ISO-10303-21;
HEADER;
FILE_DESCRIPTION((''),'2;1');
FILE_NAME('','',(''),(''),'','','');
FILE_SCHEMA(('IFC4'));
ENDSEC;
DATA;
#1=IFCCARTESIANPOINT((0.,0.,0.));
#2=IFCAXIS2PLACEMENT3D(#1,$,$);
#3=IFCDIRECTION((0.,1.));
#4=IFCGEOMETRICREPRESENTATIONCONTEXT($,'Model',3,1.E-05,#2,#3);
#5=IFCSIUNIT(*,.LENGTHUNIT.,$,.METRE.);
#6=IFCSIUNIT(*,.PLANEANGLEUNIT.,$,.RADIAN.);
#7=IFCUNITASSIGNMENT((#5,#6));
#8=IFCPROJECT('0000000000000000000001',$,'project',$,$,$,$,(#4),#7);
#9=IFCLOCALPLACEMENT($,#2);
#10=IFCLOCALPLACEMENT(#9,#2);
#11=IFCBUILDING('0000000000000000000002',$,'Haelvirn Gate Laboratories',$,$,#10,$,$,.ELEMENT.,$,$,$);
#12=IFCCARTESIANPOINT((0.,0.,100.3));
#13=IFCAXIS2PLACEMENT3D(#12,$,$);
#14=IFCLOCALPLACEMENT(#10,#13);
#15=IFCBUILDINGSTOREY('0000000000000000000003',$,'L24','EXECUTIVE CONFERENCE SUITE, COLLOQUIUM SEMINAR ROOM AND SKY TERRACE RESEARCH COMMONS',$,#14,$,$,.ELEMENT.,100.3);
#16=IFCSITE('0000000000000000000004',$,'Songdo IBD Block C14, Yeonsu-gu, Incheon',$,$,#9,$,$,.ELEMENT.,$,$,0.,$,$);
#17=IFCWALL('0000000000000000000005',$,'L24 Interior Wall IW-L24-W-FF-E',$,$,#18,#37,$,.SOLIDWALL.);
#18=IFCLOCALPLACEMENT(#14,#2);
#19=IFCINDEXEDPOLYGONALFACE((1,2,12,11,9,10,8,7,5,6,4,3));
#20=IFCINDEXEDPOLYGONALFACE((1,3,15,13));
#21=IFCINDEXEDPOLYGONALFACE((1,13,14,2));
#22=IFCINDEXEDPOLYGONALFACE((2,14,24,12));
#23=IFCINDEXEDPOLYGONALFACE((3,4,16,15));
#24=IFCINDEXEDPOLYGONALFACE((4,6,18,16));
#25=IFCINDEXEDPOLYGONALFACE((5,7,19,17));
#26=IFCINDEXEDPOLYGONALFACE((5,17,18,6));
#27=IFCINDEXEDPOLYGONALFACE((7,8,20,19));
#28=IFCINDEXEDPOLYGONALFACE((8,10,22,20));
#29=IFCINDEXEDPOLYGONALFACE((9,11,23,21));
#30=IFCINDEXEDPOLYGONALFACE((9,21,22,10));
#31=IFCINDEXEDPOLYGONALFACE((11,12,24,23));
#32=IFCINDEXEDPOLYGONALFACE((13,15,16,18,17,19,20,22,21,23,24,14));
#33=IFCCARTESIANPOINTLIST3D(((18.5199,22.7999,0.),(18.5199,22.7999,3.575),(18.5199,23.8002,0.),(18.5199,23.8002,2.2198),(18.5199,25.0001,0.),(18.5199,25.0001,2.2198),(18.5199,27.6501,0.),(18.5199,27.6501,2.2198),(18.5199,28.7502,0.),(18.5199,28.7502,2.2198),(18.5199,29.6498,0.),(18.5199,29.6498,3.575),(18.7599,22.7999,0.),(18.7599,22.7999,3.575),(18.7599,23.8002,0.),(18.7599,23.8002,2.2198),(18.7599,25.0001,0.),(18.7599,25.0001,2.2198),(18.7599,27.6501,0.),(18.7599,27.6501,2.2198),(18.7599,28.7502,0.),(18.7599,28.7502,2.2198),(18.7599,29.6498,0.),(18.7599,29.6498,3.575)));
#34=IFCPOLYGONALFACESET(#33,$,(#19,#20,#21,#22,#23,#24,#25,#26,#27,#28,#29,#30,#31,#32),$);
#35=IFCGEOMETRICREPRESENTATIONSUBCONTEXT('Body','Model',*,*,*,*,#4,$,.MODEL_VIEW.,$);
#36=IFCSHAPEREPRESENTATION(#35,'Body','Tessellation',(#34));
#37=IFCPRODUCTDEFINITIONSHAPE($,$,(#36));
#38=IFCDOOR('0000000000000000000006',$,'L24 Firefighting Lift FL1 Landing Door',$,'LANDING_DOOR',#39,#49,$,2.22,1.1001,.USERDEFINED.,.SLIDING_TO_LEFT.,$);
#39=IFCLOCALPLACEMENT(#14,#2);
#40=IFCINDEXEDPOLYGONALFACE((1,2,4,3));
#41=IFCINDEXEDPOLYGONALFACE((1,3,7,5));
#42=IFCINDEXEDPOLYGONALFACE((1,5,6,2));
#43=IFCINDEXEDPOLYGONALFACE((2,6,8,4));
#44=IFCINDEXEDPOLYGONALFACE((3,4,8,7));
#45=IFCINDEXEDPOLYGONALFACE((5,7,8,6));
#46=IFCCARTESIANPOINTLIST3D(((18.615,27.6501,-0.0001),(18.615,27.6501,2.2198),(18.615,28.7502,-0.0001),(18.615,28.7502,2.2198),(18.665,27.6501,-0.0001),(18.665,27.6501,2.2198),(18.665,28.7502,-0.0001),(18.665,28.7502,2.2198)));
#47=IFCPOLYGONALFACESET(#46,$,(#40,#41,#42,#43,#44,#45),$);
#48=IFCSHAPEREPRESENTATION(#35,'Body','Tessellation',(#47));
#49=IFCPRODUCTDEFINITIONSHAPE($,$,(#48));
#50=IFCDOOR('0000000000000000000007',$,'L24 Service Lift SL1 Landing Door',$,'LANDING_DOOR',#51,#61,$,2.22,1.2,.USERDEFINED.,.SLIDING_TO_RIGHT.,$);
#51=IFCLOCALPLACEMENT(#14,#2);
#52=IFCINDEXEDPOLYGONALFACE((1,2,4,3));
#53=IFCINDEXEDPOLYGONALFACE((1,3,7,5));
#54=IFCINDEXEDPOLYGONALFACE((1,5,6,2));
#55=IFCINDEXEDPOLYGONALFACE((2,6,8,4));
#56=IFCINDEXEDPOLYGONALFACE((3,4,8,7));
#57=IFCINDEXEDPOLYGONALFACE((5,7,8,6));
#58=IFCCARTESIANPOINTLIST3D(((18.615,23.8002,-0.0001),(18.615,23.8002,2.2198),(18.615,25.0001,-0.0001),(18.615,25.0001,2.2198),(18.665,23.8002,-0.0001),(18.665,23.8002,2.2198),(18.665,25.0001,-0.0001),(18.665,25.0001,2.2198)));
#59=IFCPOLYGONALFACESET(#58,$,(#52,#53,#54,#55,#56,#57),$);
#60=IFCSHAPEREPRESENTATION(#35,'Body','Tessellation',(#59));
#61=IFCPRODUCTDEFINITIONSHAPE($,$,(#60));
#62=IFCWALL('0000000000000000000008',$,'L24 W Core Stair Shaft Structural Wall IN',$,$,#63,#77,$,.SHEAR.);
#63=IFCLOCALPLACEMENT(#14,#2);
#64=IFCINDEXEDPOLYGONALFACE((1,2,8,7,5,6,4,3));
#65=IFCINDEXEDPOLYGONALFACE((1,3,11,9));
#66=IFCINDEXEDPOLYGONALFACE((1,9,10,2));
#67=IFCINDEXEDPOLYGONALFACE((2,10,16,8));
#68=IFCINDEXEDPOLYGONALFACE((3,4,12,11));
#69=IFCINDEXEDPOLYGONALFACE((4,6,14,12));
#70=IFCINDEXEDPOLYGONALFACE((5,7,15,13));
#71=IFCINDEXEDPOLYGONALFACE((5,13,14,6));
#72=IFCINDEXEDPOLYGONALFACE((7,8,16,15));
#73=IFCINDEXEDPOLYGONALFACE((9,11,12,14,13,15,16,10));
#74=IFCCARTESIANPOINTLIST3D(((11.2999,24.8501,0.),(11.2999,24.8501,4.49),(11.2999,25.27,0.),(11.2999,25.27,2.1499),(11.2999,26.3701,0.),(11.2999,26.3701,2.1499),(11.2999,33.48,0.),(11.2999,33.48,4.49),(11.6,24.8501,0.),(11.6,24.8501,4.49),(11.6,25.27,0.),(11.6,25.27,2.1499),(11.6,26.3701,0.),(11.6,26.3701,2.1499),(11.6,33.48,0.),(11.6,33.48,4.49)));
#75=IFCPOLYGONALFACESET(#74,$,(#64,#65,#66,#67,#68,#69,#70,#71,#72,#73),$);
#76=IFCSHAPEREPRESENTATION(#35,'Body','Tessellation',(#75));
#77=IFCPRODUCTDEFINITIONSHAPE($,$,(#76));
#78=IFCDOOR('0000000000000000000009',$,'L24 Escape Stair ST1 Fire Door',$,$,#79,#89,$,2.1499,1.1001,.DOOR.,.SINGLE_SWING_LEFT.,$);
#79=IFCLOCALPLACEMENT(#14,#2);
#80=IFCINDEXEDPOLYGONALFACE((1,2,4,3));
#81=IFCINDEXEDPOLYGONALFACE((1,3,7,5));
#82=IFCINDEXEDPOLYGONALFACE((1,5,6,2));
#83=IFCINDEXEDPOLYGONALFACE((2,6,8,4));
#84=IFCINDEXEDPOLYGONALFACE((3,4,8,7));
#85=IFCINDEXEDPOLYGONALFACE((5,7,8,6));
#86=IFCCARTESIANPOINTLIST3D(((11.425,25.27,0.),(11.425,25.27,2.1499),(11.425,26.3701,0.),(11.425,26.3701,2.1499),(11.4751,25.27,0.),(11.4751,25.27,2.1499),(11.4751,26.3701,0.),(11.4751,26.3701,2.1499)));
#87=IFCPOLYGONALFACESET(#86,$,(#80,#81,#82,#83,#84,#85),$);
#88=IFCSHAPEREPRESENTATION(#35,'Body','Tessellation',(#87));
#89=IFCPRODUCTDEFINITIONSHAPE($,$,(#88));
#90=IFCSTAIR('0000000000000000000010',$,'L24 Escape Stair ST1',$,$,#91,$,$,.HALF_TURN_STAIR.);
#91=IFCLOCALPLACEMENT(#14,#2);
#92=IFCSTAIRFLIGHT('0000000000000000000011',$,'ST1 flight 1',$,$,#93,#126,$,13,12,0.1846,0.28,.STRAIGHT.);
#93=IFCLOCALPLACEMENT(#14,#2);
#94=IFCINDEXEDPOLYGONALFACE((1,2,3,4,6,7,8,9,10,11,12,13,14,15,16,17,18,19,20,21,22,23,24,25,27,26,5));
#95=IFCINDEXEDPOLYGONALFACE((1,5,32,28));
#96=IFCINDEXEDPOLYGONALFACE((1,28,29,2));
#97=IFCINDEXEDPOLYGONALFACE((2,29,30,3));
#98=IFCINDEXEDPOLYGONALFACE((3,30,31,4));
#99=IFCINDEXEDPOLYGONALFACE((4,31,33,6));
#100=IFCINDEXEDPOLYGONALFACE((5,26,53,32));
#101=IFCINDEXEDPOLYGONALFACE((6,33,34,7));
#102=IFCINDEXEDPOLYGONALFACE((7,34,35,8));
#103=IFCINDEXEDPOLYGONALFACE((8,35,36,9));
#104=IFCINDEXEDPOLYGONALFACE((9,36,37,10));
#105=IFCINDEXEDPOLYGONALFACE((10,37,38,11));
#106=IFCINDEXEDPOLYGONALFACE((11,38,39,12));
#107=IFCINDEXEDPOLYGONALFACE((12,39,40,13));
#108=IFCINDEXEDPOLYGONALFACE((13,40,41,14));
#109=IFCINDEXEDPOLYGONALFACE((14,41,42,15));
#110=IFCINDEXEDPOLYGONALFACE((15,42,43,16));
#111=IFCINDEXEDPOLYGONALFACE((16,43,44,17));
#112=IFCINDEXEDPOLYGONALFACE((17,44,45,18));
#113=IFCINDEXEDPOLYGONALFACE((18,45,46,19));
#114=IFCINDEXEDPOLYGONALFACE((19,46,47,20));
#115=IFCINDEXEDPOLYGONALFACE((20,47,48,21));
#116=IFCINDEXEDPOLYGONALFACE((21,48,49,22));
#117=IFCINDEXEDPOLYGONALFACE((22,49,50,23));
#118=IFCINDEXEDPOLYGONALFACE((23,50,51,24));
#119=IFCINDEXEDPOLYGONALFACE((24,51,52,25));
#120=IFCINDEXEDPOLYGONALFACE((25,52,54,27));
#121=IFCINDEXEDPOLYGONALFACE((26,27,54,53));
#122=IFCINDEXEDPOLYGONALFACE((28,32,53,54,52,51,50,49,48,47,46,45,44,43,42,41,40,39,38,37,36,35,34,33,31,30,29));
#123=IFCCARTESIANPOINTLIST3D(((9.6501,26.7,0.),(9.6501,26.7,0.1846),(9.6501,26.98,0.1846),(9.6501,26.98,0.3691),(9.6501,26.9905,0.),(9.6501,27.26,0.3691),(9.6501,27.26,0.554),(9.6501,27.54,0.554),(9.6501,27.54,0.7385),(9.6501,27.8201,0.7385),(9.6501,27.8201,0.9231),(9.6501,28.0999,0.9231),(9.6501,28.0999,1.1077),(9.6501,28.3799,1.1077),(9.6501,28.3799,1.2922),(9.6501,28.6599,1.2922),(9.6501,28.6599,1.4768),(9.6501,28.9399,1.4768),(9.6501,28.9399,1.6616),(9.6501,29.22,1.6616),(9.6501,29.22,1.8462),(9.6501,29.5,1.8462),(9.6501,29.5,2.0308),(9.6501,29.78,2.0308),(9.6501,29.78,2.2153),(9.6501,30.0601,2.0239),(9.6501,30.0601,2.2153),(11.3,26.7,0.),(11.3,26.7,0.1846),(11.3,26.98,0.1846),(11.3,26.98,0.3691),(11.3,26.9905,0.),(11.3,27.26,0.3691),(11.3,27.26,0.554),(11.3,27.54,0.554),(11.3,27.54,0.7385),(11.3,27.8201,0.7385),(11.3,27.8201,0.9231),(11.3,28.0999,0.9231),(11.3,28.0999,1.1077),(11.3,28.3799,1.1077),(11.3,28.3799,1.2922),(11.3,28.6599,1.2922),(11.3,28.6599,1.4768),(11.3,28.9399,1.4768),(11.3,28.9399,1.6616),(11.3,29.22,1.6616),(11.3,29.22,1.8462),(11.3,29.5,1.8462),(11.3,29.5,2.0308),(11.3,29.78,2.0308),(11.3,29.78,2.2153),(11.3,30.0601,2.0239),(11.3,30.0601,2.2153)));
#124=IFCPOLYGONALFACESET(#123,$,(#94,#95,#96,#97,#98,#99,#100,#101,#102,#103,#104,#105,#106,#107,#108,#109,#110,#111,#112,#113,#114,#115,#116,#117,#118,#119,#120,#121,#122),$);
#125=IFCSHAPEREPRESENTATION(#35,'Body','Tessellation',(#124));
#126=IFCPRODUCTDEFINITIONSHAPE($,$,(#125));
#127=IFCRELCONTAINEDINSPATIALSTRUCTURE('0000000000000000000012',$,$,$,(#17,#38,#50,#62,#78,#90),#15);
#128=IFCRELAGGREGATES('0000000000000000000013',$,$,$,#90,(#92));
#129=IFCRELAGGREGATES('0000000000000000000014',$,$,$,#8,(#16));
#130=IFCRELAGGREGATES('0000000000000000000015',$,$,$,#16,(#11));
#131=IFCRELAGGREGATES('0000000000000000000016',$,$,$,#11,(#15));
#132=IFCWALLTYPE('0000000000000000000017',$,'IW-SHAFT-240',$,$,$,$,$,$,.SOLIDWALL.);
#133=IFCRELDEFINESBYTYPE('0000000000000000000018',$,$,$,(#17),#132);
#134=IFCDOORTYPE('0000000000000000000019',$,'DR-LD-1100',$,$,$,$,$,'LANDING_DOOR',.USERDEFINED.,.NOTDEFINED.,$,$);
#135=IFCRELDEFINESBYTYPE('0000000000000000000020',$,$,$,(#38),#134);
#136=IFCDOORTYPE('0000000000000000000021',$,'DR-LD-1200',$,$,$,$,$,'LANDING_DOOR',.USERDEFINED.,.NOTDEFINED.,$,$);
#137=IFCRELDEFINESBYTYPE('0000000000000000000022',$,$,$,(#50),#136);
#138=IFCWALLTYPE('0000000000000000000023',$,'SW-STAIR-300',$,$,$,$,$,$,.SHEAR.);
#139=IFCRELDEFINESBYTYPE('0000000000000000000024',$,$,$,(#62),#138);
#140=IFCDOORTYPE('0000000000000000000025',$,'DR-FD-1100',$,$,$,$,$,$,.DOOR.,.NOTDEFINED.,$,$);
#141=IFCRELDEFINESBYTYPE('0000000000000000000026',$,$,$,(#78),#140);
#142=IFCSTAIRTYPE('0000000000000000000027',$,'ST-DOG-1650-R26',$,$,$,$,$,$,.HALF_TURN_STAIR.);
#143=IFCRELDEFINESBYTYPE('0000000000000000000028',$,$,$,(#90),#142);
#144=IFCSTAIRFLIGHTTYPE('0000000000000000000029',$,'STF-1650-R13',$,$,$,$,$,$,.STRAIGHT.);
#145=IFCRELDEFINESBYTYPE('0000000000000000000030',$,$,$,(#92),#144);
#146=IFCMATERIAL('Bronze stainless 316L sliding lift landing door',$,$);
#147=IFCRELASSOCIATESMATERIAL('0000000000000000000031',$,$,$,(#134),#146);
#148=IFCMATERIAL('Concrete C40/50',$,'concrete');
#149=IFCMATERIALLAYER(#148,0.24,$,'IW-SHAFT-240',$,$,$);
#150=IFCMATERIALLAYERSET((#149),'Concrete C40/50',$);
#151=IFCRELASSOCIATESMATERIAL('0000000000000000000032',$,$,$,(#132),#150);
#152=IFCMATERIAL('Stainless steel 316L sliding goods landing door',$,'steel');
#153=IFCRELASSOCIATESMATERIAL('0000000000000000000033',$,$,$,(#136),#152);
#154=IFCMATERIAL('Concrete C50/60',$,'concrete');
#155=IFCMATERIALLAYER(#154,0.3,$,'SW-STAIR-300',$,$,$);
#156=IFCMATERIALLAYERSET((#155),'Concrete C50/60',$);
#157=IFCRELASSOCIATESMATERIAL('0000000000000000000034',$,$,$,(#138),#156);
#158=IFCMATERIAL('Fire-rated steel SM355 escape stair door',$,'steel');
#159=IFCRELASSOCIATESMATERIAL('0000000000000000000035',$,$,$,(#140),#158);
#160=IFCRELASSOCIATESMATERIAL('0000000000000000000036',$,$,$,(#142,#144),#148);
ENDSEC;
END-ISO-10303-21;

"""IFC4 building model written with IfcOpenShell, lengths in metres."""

from ifc_helpers import new_model, si_unit, direction, frame, frame_2d, origin, place, context, subcontext, project, spatial, polyline, rectangle, outline, extrude, source, transform, mapped, material, layer, layer_set, type_object, type_shapes, element, fill, aggregate, save


model = new_model("IFC4")

# Units and contexts
model_context = context("Model", 3, precision=1e-05, world=origin(), true_north=direction((0.0, 1.0)))
body_context = subcontext(model_context, "Body", "Model", "MODEL_VIEW")
ifc_project = project(units=[si_unit("LENGTHUNIT", "METRE"), si_unit("PLANEANGLEUNIT", "RADIAN")], contexts=[model_context])

# Site, building, storey
site_placement = place(None, origin())
site = spatial("IfcSite", under=ifc_project, at=site_placement, Name="Songdo IBD Block C14, Yeonsu-gu, Incheon", CompositionType="ELEMENT", RefElevation=0.0)
building_placement = place(site_placement, origin())
building = spatial("IfcBuilding", under=site, at=building_placement, Name="Haelvirn Gate Laboratories", CompositionType="ELEMENT")
storey_placement = place(building_placement, frame((0.0, 0.0, 100.3)))
storey = spatial("IfcBuildingStorey", under=building, at=storey_placement, Name="L24", Description="EXECUTIVE CONFERENCE SUITE, COLLOQUIUM SEMINAR ROOM AND SKY TERRACE RESEARCH COMMONS", CompositionType="ELEMENT", Elevation=100.3)

# Shared definitions
ifc_material_1 = material(Name="Concrete C40/50", Category="concrete")

# Shared definitions
ifc_material_2 = material(Name="Bronze stainless 316L sliding lift landing door")
door_type_1 = type_object("IfcDoorType", Name="DR-LD-1100", ElementType="LANDING_DOOR", OperationType="NOTDEFINED", PredefinedType="USERDEFINED", material=ifc_material_2)
shared_shape_1 = source(origin(), body_context, "Body", "SweptSolid", [
    extrude(rectangle(XDim=1.1001, YDim=2.22, at=frame_2d((0.55, 1.1099))), frame((0.0, 0.0249, 0.0), z_axis=(0.0, -1.0, 0.0), x_axis=(1.0, 0.0, 0.0)), (0.0, 0.0, 1.0), 0.05),
])
type_shapes(door_type_1, [shared_shape_1])

# Shared definitions
ifc_layer_1 = layer(ifc_material_1, 0.24, Name="IW-SHAFT-240")
ifc_layer_set_1 = layer_set([ifc_layer_1], Name="Concrete C40/50")
wall_type_1 = type_object("IfcWallType", Name="IW-SHAFT-240", PredefinedType="SOLIDWALL", material=ifc_layer_set_1)

# Wall, openings, doors
wall_1_placement = place(storey_placement, frame((18.6399, 22.8, 0.0), z_axis=(0.0, 0.0, 1.0), x_axis=(0.0, 1.0, 0.0)))
wall_1 = element("IfcWall", 1, at=wall_1_placement, inside=storey, type_object=wall_type_1, Name="L24 Interior Wall IW-L24-W-FF-E", PredefinedType="SOLIDWALL", context=body_context, shape_type="SweptSolid", body=[
    extrude(rectangle(XDim=6.8499, YDim=0.24, at=frame_2d((3.4248, 0.0))), origin(), (0.0, 0.0, 1.0), 3.575),
])
opening_1_placement = place(wall_1_placement, frame((4.8501, 0.0, 0.0)))
opening_1 = element("IfcOpeningElement", 2, at=opening_1_placement, cuts=wall_1, PredefinedType="OPENING", context=body_context, shape_type="SweptSolid", body=[
    extrude(rectangle(XDim=1.1001, YDim=2.22, at=frame_2d((0.55, 1.1099))), frame((0.0, 0.1299, 0.0), z_axis=(0.0, -1.0, 0.0), x_axis=(1.0, 0.0, 0.0)), (0.0, 0.0, 1.0), 0.26),
])
opening_2_placement = place(wall_1_placement, frame((1.0, 0.0, 0.0)))
opening_2 = element("IfcOpeningElement", 3, at=opening_2_placement, cuts=wall_1, PredefinedType="OPENING", context=body_context, shape_type="SweptSolid", body=[
    extrude(rectangle(XDim=1.2, YDim=2.22, at=frame_2d((0.6001, 1.1099))), frame((0.0, 0.1299, 0.0), z_axis=(0.0, -1.0, 0.0), x_axis=(1.0, 0.0, 0.0)), (0.0, 0.0, 1.0), 0.26),
])
door_1_placement = place(opening_1_placement, origin())
door_1 = element("IfcDoor", 4, at=door_1_placement, inside=storey, type_object=door_type_1, Name="L24 Firefighting Lift FL1 Landing Door", ObjectType="LANDING_DOOR", OperationType="SLIDING_TO_LEFT", OverallHeight=2.22, OverallWidth=1.1001, PredefinedType="USERDEFINED", context=body_context, shape_type="MappedRepresentation", body=[
    mapped(shared_shape_1, transform((0.0, 0.0, 0.0), scale=1.0)),
])
fill(opening_1, door_1)
ifc_material_3 = material(Name="Stainless steel 316L sliding goods landing door", Category="steel")
door_type_2 = type_object("IfcDoorType", Name="DR-LD-1200", ElementType="LANDING_DOOR", OperationType="NOTDEFINED", PredefinedType="USERDEFINED", material=ifc_material_3)
shared_shape_2 = source(origin(), body_context, "Body", "SweptSolid", [
    extrude(rectangle(XDim=1.2, YDim=2.22, at=frame_2d((0.6001, 1.1099))), frame((0.0, 0.0249, 0.0), z_axis=(0.0, -1.0, 0.0), x_axis=(1.0, 0.0, 0.0)), (0.0, 0.0, 1.0), 0.05),
])
type_shapes(door_type_2, [shared_shape_2])
door_2_placement = place(opening_2_placement, origin())
door_2 = element("IfcDoor", 5, at=door_2_placement, inside=storey, type_object=door_type_2, Name="L24 Service Lift SL1 Landing Door", ObjectType="LANDING_DOOR", OperationType="SLIDING_TO_RIGHT", OverallHeight=2.22, OverallWidth=1.2, PredefinedType="USERDEFINED", context=body_context, shape_type="MappedRepresentation", body=[
    mapped(shared_shape_2, transform((0.0, 0.0, 0.0), scale=1.0)),
])
fill(opening_2, door_2)

# Wall, opening, door
ifc_material_4 = material(Name="Concrete C50/60", Category="concrete")
ifc_layer_2 = layer(ifc_material_4, 0.3, Name="SW-STAIR-300")
ifc_layer_set_2 = layer_set([ifc_layer_2], Name="Concrete C50/60")
wall_type_2 = type_object("IfcWallType", Name="SW-STAIR-300", PredefinedType="SHEAR", material=ifc_layer_set_2)
wall_2_placement = place(storey_placement, frame((11.45, 24.8501, 0.0), z_axis=(0.0, 0.0, 1.0), x_axis=(0.0, 1.0, 0.0)))
wall_2 = element("IfcWall", 6, at=wall_2_placement, inside=storey, type_object=wall_type_2, Name="L24 W Core Stair Shaft Structural Wall IN", PredefinedType="SHEAR", context=body_context, shape_type="SweptSolid", body=[
    extrude(rectangle(XDim=8.6299, YDim=0.3, at=frame_2d((4.3149, 0.0))), origin(), (0.0, 0.0, 1.0), 4.49),
])
opening_3_placement = place(wall_2_placement, frame((0.4199, 0.0, 0.0)))
opening_3 = element("IfcOpeningElement", 7, at=opening_3_placement, cuts=wall_2, PredefinedType="OPENING", context=body_context, shape_type="SweptSolid", body=[
    extrude(rectangle(XDim=1.1001, YDim=2.1499, at=frame_2d((0.55, 1.075))), frame((0.0, 0.1602, 0.0), z_axis=(0.0, -1.0, 0.0), x_axis=(1.0, 0.0, 0.0)), (0.0, 0.0, 1.0), 0.3201),
])
ifc_material_5 = material(Name="Fire-rated steel SM355 escape stair door", Category="steel")
door_type_3 = type_object("IfcDoorType", Name="DR-FD-1100", OperationType="NOTDEFINED", PredefinedType="DOOR", material=ifc_material_5)
shared_shape_3 = source(origin(), body_context, "Body", "SweptSolid", [
    extrude(rectangle(XDim=1.1001, YDim=2.1499, at=frame_2d((0.55, 1.075))), frame((0.0, 0.0249, 0.0), z_axis=(0.0, -1.0, 0.0), x_axis=(1.0, 0.0, 0.0)), (0.0, 0.0, 1.0), 0.05),
])
type_shapes(door_type_3, [shared_shape_3])
door_3_placement = place(opening_3_placement, origin())
door_3 = element("IfcDoor", 8, at=door_3_placement, inside=storey, type_object=door_type_3, Name="L24 Escape Stair ST1 Fire Door", OperationType="SINGLE_SWING_LEFT", OverallHeight=2.1499, OverallWidth=1.1001, PredefinedType="DOOR", context=body_context, shape_type="MappedRepresentation", body=[
    mapped(shared_shape_3, transform((0.0, 0.0, 0.0), scale=1.0)),
])
fill(opening_3, door_3)

# Stair, stair flight
stair_type = type_object("IfcStairType", Name="ST-DOG-1650-R26", PredefinedType="HALF_TURN_STAIR", material=ifc_material_1)
stair_placement = place(storey_placement, origin())
stair = element("IfcStair", 9, at=stair_placement, inside=storey, type_object=stair_type, Name="L24 Escape Stair ST1", PredefinedType="HALF_TURN_STAIR")
stair_flight_type = type_object("IfcStairFlightType", Name="STF-1650-R13", PredefinedType="STRAIGHT", material=ifc_material_1)
shared_shape_4 = source(origin(), body_context, "Body", "SweptSolid", [
    extrude(outline(polyline([(0.0, 0.0), (0.0, 0.1846), (0.28, 0.1846), (0.28, 0.3691), (0.5601, 0.3691), (0.5601, 0.554), (0.8401, 0.554), (0.8401, 0.7385), (1.1201, 0.7385), (1.1201, 0.9231), (1.3999, 0.9231), (1.3999, 1.1077), (1.6799, 1.1077), (1.6799, 1.2922), (1.96, 1.2922), (1.96, 1.4768), (2.24, 1.4768), (2.24, 1.6616), (2.52, 1.6616), (2.52, 1.8462), (2.8, 1.8462), (2.8, 2.0308), (3.0801, 2.0308), (3.0801, 2.2153), (3.3601, 2.2153), (3.3601, 2.3999), (3.3601, 2.0239), (0.2905, 0.0), (0.0, 0.0)])), frame((0.0, 0.825, 0.0), z_axis=(0.0, -1.0, 0.0), x_axis=(1.0, 0.0, 0.0)), (0.0, 0.0, 1.0), 1.6499),
])
type_shapes(stair_flight_type, [shared_shape_4])
stair_flight_placement = place(storey_placement, frame((10.4751, 26.7, 0.0), z_axis=(0.0, 0.0, 1.0), x_axis=(0.0, 1.0, 0.0)))
stair_flight = element("IfcStairFlight", 10, at=stair_flight_placement, type_object=stair_flight_type, Name="ST1 flight 1", NumberOfRisers=13, NumberOfTreads=12, PredefinedType="STRAIGHT", RiserHeight=0.1846, TreadLength=0.28, context=body_context, shape_type="MappedRepresentation", body=[
    mapped(shared_shape_4, transform((0.0, 0.0, 0.0), scale=1.0)),
])
aggregate(stair, [stair_flight])

save(model, "model.ifc")
